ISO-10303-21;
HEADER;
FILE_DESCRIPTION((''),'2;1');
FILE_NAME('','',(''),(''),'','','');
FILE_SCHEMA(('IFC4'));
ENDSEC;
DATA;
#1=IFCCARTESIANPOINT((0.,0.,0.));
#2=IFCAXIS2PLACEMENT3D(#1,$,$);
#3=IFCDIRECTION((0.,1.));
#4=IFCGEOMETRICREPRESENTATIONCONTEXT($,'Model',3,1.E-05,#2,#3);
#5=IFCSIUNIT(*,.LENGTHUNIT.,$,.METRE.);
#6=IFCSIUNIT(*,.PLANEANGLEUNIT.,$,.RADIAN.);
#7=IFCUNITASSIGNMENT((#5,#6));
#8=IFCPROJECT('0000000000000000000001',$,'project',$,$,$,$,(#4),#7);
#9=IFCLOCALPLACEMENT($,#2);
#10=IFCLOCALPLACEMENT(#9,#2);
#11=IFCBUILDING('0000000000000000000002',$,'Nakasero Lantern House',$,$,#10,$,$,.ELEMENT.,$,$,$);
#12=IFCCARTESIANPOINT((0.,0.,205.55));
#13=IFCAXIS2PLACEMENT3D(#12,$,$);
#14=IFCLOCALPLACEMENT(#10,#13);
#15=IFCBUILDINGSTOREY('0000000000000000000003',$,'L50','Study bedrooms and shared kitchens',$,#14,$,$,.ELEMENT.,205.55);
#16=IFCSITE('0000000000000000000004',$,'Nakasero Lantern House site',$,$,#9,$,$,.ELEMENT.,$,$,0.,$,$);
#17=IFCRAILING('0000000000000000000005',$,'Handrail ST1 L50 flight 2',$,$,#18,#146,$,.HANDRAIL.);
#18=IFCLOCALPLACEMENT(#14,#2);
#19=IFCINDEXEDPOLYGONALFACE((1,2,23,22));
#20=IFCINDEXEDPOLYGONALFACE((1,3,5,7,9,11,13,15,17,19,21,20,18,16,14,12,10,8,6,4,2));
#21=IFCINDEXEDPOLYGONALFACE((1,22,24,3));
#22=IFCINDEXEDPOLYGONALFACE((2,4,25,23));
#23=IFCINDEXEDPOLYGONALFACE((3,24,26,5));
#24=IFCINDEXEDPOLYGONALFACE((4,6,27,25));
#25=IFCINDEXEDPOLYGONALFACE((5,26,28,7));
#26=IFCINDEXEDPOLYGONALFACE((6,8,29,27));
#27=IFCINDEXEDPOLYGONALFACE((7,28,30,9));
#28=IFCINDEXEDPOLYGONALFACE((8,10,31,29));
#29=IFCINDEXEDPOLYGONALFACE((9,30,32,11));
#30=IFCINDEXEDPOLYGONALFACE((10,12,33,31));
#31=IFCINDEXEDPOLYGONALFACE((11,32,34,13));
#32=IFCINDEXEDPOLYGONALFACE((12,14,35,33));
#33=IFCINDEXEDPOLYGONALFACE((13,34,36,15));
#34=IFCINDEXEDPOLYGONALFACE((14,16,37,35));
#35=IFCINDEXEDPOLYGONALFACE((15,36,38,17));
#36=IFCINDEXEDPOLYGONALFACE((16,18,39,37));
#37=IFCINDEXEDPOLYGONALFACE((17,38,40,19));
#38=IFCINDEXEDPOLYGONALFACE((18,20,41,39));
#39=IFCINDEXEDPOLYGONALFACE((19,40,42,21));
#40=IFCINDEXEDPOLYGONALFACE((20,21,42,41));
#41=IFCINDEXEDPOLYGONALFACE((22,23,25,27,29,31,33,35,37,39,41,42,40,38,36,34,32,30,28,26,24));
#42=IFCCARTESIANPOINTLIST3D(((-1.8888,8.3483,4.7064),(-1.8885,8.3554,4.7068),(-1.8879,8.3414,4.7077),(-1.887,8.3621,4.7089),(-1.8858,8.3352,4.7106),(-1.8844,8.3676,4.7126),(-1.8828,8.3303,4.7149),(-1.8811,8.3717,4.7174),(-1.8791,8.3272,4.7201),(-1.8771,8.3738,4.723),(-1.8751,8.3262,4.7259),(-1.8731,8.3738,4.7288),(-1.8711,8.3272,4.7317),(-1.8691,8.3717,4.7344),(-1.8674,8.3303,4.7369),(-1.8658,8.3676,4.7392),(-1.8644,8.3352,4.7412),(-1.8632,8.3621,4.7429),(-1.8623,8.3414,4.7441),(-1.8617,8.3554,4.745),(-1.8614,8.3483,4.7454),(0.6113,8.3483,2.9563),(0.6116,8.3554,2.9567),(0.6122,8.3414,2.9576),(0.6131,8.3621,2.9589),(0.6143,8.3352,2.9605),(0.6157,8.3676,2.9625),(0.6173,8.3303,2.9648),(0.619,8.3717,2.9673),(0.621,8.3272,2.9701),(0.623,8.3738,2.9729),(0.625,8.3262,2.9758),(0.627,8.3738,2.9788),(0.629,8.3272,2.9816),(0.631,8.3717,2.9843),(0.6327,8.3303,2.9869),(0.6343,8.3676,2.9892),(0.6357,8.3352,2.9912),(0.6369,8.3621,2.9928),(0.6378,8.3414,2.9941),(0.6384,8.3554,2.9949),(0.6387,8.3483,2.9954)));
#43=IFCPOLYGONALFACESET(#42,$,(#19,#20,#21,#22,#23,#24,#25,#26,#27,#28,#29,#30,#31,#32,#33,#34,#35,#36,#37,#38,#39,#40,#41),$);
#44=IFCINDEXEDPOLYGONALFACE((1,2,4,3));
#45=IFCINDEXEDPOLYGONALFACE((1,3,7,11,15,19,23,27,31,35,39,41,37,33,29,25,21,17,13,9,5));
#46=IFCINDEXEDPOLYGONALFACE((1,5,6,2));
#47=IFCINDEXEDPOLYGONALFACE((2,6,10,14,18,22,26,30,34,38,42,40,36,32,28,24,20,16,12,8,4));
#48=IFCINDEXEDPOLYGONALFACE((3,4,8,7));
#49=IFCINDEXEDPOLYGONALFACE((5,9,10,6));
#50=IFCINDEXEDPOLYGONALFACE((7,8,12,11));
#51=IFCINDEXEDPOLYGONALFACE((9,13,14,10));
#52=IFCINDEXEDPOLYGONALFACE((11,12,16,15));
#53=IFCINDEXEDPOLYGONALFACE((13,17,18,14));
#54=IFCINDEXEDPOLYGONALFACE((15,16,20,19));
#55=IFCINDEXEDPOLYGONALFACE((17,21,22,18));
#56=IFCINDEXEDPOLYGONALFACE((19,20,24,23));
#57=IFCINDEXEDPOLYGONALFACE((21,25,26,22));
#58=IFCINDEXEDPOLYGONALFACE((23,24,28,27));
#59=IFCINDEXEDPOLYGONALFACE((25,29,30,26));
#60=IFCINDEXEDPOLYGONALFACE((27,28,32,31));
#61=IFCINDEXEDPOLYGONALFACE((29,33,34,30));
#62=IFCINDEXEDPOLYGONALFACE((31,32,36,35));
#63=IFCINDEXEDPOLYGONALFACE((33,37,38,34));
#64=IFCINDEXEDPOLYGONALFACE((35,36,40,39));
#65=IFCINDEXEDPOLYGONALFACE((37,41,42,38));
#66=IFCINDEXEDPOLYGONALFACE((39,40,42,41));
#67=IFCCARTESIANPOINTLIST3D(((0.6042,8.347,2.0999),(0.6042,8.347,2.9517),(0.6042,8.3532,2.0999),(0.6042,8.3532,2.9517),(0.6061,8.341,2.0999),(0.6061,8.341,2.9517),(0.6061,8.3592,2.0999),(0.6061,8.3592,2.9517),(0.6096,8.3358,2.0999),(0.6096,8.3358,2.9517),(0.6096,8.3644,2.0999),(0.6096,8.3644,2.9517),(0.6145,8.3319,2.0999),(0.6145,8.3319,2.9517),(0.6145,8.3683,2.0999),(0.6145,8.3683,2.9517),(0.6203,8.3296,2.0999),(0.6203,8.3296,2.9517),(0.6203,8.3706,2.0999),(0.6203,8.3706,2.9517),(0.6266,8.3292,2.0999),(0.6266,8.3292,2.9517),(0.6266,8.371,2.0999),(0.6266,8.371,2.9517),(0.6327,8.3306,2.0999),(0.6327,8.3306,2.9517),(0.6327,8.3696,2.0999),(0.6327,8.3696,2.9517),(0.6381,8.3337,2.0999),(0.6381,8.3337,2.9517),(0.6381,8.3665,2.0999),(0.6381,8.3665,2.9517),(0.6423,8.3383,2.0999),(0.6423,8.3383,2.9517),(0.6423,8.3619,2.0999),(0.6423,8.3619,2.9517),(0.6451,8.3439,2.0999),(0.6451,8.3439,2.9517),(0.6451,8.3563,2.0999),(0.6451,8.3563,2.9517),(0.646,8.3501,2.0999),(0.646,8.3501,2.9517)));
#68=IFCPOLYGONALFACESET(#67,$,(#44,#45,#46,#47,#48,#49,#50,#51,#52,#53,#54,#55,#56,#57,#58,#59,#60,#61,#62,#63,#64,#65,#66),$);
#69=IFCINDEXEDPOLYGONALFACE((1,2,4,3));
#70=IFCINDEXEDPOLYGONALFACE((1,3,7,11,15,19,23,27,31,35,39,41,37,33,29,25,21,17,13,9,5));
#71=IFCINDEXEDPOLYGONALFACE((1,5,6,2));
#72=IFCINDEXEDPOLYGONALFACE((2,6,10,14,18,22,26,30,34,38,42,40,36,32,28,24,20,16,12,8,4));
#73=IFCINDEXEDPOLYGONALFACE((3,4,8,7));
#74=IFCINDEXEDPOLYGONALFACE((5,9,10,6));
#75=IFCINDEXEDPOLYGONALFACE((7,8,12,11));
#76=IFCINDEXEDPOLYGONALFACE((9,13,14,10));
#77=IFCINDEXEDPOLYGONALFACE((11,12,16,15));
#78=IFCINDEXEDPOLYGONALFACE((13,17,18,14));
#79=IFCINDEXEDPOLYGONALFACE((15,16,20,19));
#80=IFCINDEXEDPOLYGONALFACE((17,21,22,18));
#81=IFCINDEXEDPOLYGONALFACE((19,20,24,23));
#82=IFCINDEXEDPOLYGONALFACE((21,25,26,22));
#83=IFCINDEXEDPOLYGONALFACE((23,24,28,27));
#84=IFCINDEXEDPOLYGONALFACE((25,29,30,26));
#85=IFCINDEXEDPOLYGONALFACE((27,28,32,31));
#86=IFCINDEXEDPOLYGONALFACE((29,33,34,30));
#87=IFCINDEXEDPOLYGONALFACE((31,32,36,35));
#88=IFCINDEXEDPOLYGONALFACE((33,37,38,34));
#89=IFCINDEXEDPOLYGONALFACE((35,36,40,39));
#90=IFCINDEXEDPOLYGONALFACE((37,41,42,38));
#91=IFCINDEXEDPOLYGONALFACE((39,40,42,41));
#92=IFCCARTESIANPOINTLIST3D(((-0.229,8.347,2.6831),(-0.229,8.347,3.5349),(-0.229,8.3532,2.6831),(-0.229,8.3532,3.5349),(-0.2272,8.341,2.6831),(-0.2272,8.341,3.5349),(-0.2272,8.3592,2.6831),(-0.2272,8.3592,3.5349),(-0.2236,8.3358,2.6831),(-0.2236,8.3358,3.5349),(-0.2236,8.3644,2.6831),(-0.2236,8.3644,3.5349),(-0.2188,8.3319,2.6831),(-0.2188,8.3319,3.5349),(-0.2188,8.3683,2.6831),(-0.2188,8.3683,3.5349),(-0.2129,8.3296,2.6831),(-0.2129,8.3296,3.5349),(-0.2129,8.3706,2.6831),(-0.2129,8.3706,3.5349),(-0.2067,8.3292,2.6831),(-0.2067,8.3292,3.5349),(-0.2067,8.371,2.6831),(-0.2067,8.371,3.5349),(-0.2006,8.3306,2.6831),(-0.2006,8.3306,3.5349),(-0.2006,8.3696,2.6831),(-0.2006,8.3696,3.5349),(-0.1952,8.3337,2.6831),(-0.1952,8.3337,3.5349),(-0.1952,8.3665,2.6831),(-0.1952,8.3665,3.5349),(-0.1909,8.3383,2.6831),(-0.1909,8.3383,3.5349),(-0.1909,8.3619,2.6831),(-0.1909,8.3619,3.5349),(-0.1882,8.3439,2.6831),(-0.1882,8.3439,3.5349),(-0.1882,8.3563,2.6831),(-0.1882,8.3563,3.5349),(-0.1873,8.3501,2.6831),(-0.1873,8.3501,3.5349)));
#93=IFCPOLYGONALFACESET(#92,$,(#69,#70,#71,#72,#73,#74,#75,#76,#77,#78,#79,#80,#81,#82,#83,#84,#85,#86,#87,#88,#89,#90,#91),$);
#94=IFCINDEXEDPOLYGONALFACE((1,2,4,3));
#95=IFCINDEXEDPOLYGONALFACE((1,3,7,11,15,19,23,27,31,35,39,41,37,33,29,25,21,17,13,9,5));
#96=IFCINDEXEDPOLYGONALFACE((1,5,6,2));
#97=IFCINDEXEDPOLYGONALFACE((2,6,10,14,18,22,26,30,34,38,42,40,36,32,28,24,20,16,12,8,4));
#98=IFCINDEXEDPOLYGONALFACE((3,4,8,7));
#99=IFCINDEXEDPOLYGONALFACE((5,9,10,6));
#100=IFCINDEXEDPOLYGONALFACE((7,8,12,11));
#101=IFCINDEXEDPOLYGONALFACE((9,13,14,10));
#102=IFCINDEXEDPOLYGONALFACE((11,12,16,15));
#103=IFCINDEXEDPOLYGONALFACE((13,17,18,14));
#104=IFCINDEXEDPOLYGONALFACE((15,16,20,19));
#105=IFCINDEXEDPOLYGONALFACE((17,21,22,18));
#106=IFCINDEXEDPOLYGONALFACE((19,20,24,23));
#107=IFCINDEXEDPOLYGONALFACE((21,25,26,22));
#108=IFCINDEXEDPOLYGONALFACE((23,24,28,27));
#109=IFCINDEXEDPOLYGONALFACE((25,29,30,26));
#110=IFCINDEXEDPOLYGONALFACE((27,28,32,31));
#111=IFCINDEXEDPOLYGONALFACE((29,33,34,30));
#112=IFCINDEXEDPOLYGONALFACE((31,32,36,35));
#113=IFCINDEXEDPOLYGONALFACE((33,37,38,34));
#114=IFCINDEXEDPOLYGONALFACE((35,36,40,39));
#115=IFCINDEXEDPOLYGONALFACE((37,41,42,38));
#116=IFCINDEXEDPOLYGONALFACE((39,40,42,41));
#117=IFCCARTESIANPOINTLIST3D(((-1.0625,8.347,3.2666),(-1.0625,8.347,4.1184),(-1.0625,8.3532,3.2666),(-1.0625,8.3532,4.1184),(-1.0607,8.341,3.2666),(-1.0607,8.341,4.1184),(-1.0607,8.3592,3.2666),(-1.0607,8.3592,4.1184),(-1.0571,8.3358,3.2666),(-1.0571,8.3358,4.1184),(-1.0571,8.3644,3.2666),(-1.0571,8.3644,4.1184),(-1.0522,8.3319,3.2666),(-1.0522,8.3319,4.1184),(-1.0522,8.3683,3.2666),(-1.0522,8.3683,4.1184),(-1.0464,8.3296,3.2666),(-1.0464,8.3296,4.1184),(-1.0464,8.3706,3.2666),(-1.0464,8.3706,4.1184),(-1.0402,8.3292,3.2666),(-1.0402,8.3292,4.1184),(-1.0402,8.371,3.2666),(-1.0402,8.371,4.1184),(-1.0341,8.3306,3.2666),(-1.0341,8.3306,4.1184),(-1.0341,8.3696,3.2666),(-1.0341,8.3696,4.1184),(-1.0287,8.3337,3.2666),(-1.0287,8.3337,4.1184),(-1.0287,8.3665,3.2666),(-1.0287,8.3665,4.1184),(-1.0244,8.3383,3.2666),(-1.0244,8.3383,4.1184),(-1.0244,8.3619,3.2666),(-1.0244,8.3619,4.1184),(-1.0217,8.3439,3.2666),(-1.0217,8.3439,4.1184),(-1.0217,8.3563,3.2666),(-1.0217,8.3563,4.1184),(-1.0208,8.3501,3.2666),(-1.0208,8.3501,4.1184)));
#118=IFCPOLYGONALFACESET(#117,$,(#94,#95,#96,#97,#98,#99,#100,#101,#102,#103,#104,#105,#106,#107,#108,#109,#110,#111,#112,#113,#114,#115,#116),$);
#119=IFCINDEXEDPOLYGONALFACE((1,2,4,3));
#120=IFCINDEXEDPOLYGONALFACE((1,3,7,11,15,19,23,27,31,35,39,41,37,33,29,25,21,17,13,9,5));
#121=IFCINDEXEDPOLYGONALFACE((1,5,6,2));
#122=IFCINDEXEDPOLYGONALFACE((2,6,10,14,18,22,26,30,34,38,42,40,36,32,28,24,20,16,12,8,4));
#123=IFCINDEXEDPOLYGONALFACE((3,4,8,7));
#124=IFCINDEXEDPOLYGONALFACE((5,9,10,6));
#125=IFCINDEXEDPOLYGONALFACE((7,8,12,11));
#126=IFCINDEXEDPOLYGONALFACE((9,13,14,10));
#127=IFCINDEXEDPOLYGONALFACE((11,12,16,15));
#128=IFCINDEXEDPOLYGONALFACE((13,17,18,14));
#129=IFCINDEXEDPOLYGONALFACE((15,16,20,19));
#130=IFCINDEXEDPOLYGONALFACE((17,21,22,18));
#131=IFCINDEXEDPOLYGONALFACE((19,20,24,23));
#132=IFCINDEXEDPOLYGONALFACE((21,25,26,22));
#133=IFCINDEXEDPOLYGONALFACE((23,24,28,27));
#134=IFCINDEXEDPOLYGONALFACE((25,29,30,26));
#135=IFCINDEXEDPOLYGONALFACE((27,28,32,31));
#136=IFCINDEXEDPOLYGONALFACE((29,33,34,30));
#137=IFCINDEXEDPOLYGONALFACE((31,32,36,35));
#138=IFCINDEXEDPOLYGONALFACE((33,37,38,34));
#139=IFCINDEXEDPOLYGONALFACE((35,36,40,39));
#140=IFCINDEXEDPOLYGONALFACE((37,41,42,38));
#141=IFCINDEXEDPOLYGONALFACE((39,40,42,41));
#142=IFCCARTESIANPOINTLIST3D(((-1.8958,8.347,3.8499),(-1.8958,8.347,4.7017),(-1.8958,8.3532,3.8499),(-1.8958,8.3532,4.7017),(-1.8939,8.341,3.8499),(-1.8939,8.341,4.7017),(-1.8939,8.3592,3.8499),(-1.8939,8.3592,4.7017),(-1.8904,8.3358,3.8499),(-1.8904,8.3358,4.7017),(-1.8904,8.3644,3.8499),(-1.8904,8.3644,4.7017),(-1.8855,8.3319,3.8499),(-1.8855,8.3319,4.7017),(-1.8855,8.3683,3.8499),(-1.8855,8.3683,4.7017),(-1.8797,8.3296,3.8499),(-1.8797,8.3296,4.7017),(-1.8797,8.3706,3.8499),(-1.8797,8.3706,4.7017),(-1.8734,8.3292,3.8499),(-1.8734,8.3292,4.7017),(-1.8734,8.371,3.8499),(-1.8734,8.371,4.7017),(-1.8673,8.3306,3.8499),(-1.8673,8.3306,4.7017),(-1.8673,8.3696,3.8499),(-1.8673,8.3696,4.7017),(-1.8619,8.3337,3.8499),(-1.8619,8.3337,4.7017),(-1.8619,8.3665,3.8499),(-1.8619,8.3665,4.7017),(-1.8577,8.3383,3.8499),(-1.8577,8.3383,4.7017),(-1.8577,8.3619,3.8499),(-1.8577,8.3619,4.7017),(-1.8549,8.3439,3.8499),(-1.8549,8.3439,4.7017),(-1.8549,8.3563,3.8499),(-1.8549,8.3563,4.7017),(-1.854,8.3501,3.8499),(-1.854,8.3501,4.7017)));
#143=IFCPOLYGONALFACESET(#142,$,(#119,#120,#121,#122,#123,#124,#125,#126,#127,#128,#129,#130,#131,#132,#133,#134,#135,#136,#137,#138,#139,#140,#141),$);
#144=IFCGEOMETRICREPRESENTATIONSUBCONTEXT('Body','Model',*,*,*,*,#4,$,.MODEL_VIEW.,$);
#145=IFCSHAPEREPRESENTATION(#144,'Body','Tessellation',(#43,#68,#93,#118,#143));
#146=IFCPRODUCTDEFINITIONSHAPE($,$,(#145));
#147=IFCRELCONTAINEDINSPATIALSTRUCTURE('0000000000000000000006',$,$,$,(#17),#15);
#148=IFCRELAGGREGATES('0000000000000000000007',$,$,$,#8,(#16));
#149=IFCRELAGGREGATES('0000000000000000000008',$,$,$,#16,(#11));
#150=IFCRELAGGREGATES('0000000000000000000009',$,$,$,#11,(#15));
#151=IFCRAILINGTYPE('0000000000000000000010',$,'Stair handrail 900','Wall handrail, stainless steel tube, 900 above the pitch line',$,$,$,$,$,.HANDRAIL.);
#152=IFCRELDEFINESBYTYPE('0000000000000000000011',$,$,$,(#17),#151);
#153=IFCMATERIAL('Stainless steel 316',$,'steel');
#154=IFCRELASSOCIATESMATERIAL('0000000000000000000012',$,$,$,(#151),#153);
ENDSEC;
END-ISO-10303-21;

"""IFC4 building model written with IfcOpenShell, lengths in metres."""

from ifc_helpers import new_model, si_unit, direction, frame, origin, origin_2d, place, context, subcontext, project, spatial, circle, extrude, material, type_object, element, save


model = new_model("IFC4")

# Units and contexts
model_context = context("Model", 3, precision=1e-05, world=origin(), true_north=direction((0.0, 1.0)))
body_context = subcontext(model_context, "Body", "Model", "MODEL_VIEW")
ifc_project = project(units=[si_unit("LENGTHUNIT", "METRE"), si_unit("PLANEANGLEUNIT", "RADIAN")], contexts=[model_context])

# Site, building, storey
site_placement = place(None, origin())
site = spatial("IfcSite", under=ifc_project, at=site_placement, Name="Nakasero Lantern House site", CompositionType="ELEMENT", RefElevation=0.0)
building_placement = place(site_placement, origin())
building = spatial("IfcBuilding", under=site, at=building_placement, Name="Nakasero Lantern House", CompositionType="ELEMENT")
storey_placement = place(building_placement, frame((0.0, 0.0, 205.55)))
storey = spatial("IfcBuildingStorey", under=building, at=storey_placement, Name="L50", Description="Study bedrooms and shared kitchens", CompositionType="ELEMENT", Elevation=205.55)

# Railing
ifc_material_1 = material(Name="Stainless steel 316", Category="steel")
railing_type = type_object("IfcRailingType", Name="Stair handrail 900", Description="Wall handrail, stainless steel tube, 900 above the pitch line", PredefinedType="HANDRAIL", material=ifc_material_1)
railing_placement = place(storey_placement, frame((0.625, 8.3501, 2.0999)))
element("IfcRailing", 1, at=railing_placement, inside=storey, type_object=railing_type, Name="Handrail ST1 L50 flight 2", PredefinedType="HANDRAIL", context=body_context, shape_type="SweptSolid", body=[
    extrude(circle(Radius=0.0239, at=origin_2d()), frame((0.0, 0.0, 0.876), z_axis=(-0.819232, 0.0, 0.573462), x_axis=(0.0, -1.0, 0.0)), (0.0, 0.0, 1.0), 3.0518),
    extrude(circle(Radius=0.021, at=origin_2d()), origin(), (0.0, 0.0, 1.0), 0.8518),
    extrude(circle(Radius=0.021, at=origin_2d()), frame((-0.8333, 0.0, 0.5833)), (0.0, 0.0, 1.0), 0.8518),
    extrude(circle(Radius=0.021, at=origin_2d()), frame((-1.6667, 0.0, 1.1667)), (0.0, 0.0, 1.0), 0.8518),
    extrude(circle(Radius=0.021, at=origin_2d()), frame((-2.5, 0.0, 1.75)), (0.0, 0.0, 1.0), 0.8518),
])

save(model, "model.ifc")
